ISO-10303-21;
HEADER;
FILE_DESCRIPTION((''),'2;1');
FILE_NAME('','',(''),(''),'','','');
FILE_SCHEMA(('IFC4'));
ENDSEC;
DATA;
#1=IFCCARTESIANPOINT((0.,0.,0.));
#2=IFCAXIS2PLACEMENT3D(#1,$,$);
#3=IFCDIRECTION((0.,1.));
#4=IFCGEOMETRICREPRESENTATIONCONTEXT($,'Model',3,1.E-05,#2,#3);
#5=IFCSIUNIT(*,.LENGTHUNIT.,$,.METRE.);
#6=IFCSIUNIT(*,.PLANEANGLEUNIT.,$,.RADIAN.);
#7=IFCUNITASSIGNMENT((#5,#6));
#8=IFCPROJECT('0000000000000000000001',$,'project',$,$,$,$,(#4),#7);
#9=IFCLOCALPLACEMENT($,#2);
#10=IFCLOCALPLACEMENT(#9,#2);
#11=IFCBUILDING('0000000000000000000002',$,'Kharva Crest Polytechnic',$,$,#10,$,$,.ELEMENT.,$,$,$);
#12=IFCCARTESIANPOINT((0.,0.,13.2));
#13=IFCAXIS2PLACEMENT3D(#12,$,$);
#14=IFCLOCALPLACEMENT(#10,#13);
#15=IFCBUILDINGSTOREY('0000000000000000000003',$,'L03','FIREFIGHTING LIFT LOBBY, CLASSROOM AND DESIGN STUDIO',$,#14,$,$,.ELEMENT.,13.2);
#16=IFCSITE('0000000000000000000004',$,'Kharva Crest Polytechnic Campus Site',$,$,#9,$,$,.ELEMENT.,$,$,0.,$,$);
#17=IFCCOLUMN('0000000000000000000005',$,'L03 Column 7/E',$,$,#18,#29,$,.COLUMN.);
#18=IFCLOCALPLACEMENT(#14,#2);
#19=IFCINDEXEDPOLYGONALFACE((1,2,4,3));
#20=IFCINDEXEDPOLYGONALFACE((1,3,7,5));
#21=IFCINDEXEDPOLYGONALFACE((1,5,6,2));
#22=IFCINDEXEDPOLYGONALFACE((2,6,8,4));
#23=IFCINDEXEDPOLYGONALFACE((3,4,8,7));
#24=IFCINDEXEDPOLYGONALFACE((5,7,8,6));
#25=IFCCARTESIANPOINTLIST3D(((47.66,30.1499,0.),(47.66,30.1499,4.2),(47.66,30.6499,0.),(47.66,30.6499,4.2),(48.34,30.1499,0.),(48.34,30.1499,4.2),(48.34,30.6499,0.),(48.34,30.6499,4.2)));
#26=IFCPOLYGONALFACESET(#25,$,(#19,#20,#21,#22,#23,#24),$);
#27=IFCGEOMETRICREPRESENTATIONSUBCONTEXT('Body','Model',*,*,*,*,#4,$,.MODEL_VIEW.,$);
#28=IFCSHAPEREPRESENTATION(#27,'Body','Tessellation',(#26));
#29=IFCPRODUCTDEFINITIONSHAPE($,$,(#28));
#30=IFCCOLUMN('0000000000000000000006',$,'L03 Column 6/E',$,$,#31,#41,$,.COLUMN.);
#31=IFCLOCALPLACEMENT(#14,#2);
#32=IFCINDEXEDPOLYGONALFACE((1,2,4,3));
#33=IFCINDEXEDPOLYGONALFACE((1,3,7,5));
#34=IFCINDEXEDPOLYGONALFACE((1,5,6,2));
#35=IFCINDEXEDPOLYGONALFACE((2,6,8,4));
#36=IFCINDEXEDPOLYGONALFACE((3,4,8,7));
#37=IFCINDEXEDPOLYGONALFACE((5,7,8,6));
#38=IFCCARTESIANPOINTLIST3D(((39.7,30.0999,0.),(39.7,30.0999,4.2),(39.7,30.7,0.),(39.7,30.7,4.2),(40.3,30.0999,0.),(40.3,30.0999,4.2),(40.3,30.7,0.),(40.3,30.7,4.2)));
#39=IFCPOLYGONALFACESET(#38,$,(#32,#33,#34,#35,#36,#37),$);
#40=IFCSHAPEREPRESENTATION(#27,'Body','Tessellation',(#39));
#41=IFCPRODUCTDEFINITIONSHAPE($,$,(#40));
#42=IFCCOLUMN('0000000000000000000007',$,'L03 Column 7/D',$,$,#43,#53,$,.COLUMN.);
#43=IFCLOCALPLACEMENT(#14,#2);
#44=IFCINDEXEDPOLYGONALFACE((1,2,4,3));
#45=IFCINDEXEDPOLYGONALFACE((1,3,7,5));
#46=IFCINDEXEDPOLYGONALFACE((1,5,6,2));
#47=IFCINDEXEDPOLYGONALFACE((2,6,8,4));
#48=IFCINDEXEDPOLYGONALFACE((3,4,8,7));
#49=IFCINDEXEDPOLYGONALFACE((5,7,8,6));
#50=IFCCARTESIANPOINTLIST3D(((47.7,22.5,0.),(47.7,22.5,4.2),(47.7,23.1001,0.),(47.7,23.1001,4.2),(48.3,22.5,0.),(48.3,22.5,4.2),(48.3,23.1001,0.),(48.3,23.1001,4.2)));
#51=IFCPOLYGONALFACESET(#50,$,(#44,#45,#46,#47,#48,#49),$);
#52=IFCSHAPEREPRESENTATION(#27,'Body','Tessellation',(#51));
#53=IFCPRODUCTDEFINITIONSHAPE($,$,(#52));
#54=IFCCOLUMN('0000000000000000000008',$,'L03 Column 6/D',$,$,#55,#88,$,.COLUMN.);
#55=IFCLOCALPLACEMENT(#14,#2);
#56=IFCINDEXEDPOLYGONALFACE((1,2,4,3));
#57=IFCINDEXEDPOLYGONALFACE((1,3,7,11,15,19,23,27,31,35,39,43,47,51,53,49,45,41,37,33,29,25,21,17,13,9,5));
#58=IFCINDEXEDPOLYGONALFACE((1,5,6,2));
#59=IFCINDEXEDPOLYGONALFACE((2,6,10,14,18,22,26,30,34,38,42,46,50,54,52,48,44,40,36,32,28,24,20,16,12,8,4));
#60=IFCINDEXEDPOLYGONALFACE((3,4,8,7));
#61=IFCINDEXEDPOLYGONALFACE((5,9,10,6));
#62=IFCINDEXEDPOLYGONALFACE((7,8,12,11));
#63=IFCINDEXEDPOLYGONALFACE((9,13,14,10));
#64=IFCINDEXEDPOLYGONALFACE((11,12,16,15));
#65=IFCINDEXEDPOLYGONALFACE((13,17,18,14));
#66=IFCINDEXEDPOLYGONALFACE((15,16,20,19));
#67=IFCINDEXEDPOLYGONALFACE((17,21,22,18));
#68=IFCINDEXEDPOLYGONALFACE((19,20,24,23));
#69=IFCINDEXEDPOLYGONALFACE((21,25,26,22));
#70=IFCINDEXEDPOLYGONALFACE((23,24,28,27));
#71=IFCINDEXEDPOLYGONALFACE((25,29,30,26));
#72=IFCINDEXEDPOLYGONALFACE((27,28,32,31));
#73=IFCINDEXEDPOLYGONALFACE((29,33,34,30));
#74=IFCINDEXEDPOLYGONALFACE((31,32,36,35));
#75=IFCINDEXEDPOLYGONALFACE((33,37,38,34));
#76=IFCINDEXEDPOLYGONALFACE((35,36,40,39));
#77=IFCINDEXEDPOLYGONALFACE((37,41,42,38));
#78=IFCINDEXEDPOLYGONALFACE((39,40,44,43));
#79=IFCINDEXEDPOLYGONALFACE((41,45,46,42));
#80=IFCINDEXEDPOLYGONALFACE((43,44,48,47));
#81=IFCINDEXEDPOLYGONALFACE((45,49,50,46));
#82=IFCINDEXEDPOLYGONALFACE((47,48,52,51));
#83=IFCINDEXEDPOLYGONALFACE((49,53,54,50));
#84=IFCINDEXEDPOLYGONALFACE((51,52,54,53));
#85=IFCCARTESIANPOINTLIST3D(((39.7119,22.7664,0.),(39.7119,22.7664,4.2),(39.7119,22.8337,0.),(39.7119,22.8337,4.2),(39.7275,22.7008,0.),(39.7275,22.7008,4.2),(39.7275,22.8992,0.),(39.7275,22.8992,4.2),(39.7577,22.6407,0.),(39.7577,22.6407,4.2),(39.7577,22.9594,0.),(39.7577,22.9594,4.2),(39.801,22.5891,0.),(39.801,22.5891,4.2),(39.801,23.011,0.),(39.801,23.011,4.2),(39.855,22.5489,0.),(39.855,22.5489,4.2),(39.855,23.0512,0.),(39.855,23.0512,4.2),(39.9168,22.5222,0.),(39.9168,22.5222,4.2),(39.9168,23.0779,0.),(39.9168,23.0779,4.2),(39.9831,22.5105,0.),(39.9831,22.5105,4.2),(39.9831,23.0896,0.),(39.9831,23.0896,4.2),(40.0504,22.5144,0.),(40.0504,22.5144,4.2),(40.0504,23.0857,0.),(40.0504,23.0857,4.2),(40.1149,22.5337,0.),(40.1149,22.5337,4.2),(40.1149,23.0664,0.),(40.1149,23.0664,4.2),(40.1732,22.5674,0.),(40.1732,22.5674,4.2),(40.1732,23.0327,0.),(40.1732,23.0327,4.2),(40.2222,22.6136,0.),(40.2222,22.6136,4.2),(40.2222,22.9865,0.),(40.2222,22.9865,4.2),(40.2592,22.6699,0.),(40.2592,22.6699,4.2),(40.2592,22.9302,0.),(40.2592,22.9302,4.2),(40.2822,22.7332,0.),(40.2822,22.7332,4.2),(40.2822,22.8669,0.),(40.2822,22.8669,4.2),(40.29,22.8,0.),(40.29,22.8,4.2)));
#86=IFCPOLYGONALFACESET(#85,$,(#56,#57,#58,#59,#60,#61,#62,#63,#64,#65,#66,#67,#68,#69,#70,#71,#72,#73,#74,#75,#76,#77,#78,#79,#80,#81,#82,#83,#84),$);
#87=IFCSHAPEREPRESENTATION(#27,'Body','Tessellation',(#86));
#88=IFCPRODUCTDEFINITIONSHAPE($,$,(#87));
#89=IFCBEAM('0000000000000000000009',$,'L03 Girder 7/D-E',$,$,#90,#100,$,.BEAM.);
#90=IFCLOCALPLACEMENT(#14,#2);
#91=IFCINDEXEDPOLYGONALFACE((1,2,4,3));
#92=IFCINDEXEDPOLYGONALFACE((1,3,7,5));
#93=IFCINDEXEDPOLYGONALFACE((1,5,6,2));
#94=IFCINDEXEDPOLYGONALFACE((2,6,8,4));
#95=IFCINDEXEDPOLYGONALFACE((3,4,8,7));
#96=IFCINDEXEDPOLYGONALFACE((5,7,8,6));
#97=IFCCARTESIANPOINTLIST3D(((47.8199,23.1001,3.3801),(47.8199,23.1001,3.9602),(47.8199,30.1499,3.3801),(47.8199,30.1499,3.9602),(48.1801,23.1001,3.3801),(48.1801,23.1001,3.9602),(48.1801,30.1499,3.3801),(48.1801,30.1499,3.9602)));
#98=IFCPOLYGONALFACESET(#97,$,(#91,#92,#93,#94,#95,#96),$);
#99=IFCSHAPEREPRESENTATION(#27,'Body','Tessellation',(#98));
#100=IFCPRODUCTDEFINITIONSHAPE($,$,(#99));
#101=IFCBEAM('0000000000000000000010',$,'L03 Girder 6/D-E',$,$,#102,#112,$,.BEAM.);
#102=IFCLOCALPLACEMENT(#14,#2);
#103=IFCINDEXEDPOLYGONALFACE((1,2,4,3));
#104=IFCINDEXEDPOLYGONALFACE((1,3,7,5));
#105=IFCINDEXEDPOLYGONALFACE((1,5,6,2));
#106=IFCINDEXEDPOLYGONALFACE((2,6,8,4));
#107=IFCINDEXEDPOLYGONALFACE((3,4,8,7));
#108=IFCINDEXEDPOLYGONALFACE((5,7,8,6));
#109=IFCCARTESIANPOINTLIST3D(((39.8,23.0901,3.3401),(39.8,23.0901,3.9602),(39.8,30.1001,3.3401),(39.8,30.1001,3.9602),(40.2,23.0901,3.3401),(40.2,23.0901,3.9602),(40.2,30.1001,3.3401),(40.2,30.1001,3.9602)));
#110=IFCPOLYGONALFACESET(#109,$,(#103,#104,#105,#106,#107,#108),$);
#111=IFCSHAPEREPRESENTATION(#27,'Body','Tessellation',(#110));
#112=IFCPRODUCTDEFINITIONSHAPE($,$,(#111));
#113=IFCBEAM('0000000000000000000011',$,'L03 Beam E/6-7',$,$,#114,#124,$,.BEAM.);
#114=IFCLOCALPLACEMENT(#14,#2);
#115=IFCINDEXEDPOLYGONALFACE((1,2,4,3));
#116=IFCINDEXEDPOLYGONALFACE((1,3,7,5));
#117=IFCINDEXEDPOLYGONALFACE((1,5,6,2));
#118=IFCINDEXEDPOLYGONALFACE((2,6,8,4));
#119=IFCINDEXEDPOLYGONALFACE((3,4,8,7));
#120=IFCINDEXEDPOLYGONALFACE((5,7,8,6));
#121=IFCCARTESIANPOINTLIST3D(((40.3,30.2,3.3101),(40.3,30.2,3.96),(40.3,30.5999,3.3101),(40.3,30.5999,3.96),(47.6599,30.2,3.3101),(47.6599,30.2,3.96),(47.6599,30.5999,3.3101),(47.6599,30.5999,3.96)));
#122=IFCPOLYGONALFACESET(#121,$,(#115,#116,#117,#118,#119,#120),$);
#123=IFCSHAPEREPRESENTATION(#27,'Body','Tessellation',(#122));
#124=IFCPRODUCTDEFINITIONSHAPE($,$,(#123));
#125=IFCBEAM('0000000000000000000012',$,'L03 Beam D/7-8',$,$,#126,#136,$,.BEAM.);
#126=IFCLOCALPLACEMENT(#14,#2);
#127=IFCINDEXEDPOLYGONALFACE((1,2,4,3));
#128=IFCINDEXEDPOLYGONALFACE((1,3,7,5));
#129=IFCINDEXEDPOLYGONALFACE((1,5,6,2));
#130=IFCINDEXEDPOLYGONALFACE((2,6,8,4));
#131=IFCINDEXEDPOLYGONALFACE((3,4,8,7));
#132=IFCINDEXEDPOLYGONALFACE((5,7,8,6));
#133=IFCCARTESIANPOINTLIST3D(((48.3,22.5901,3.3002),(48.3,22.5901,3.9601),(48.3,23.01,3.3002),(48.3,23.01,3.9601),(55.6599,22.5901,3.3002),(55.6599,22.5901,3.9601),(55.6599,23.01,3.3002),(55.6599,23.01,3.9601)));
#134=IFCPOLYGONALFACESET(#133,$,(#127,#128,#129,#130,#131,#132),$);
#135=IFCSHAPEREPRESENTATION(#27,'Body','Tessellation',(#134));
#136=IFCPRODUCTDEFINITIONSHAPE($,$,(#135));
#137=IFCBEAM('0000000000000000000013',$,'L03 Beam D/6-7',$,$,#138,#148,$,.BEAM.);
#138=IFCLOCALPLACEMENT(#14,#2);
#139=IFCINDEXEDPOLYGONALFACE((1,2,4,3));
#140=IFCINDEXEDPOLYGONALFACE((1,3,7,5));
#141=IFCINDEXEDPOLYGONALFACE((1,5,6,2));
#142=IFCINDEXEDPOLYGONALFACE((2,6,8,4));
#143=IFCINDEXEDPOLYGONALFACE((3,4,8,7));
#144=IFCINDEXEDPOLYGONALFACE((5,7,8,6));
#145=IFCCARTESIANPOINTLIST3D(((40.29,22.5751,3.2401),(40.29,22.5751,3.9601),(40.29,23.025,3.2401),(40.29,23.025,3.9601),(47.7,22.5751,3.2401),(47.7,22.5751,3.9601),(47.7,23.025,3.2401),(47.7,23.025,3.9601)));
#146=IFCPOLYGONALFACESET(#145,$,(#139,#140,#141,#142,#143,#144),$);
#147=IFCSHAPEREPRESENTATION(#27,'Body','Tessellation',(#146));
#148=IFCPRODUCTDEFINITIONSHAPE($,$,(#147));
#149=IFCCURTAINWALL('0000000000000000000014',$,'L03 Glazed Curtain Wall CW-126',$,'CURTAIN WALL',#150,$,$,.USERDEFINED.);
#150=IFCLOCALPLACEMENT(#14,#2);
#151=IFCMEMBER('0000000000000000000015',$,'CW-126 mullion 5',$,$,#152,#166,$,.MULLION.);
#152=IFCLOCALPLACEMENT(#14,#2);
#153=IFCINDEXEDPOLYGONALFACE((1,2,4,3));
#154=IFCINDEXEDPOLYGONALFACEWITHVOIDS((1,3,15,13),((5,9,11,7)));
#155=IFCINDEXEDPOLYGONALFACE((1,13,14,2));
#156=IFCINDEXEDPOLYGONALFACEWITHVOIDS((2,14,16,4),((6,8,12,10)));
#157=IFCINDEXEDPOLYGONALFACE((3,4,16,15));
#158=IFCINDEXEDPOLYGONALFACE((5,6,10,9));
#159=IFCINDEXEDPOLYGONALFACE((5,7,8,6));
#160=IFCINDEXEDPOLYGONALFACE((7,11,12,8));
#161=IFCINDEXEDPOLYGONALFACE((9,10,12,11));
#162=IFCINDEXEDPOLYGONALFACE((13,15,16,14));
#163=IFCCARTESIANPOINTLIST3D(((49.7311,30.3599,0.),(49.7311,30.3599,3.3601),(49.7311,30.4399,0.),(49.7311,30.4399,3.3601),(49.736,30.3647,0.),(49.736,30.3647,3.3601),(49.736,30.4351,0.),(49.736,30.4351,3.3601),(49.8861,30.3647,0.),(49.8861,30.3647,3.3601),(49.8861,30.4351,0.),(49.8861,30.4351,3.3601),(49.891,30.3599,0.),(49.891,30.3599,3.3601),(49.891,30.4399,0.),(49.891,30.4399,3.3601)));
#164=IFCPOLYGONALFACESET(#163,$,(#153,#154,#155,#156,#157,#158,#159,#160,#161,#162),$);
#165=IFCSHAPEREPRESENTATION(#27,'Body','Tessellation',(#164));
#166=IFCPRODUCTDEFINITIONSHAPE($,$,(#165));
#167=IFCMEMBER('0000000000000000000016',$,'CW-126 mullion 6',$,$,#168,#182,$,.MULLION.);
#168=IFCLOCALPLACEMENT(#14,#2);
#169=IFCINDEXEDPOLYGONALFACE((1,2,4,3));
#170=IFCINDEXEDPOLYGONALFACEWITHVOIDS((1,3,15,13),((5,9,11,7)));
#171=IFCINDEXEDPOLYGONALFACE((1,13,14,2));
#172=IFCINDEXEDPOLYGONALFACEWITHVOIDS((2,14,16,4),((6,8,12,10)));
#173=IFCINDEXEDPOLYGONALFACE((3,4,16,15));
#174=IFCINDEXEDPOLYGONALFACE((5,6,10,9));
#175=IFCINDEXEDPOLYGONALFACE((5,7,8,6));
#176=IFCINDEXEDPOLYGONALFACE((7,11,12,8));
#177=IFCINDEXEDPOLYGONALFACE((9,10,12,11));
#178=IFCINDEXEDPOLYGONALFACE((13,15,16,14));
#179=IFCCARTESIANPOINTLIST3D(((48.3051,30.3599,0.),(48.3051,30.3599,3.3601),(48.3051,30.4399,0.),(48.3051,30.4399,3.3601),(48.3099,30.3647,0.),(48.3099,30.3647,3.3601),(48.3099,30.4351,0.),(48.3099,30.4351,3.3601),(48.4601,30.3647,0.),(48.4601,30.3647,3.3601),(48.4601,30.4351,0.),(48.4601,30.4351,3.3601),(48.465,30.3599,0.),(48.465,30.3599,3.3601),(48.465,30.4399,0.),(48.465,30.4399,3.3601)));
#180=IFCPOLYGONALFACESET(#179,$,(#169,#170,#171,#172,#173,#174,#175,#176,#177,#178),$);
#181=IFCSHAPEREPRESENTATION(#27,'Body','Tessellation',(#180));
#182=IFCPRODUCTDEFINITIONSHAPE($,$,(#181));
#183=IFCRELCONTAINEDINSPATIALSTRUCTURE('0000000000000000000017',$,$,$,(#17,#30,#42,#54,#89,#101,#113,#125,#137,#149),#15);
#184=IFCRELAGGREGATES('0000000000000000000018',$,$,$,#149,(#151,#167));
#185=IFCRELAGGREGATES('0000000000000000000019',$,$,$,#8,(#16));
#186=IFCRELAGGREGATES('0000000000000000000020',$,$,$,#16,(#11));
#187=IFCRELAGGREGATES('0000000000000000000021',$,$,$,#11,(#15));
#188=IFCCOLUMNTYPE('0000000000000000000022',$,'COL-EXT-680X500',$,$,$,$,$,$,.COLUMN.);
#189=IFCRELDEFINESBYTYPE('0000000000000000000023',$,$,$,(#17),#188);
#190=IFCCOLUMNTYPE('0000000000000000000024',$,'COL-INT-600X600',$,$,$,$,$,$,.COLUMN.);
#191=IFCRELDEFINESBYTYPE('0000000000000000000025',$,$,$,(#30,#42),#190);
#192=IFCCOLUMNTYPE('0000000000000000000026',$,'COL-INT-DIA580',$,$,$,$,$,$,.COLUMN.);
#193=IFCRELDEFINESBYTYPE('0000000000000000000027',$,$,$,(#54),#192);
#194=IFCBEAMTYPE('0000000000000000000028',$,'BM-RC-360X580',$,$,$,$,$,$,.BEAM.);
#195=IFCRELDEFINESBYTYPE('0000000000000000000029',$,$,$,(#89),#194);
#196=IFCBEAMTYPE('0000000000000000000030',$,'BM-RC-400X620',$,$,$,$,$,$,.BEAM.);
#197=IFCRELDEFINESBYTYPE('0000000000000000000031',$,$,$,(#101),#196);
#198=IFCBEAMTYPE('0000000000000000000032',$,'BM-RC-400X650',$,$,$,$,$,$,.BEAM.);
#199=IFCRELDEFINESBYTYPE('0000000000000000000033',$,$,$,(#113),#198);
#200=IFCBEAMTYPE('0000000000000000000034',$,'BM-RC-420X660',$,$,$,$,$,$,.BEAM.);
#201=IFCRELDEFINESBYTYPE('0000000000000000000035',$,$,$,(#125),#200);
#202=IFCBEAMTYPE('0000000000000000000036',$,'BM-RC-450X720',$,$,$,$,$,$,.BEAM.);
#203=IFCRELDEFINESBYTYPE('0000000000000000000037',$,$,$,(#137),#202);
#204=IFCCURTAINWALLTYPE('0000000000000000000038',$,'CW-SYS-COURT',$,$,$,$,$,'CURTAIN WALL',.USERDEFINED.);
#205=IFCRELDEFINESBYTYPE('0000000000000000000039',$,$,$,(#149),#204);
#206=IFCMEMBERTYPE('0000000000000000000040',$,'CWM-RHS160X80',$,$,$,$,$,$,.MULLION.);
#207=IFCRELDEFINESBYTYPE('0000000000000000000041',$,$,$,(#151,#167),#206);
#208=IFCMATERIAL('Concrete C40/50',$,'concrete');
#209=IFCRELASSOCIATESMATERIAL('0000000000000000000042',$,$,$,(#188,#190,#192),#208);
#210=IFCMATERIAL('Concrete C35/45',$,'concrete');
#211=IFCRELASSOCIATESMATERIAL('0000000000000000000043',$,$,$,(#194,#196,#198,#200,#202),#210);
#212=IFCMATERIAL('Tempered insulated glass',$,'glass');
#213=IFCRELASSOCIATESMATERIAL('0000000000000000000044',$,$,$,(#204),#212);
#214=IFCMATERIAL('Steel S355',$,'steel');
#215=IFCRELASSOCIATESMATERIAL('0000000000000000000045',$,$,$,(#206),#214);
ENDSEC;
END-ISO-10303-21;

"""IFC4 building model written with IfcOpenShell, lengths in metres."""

from ifc_helpers import new_model, si_unit, direction, frame, origin, origin_2d, place, context, subcontext, project, spatial, rectangle, hollow_rectangle, circle, extrude, material, material_profile, profile_set, type_object, element, aggregate, save


model = new_model("IFC4")

# Units and contexts
model_context = context("Model", 3, precision=1e-05, world=origin(), true_north=direction((0.0, 1.0)))
body_context = subcontext(model_context, "Body", "Model", "MODEL_VIEW")
ifc_project = project(units=[si_unit("LENGTHUNIT", "METRE"), si_unit("PLANEANGLEUNIT", "RADIAN")], contexts=[model_context])

# Site, building, storey
site_placement = place(None, origin())
site = spatial("IfcSite", under=ifc_project, at=site_placement, Name="Kharva Crest Polytechnic Campus Site", CompositionType="ELEMENT", RefElevation=0.0)
building_placement = place(site_placement, origin())
building = spatial("IfcBuilding", under=site, at=building_placement, Name="Kharva Crest Polytechnic", CompositionType="ELEMENT")
storey_placement = place(building_placement, frame((0.0, 0.0, 13.2)))
storey = spatial("IfcBuildingStorey", under=building, at=storey_placement, Name="L03", Description="FIREFIGHTING LIFT LOBBY, CLASSROOM AND DESIGN STUDIO", CompositionType="ELEMENT", Elevation=13.2)

# Columns
ifc_material_1 = material(Name="Concrete C40/50", Category="concrete")
ifc_material_profile_1 = material_profile(ifc_material_1, rectangle(XDim=0.6799, YDim=0.5, at=origin_2d()), Name="RECT 680 X 500")
ifc_profile_set_1 = profile_set([ifc_material_profile_1], Name="Concrete C40/50")
column_type_1 = type_object("IfcColumnType", Name="COL-EXT-680X500", PredefinedType="COLUMN", material=ifc_profile_set_1)
column_1_placement = place(storey_placement, frame((48.0, 30.3999, 0.0), z_axis=(0.0, 0.0, 1.0), x_axis=(1.0, 0.0, 0.0)))
element("IfcColumn", 1, at=column_1_placement, inside=storey, type_object=column_type_1, Name="L03 Column 7/E", PredefinedType="COLUMN", context=body_context, shape_type="SweptSolid", body=[
    extrude(rectangle(XDim=0.6799, YDim=0.5, at=origin_2d()), origin(), (0.0, 0.0, 1.0), 4.2),
])
ifc_material_profile_2 = material_profile(ifc_material_1, rectangle(XDim=0.6001, YDim=0.6001, at=origin_2d()), Name="RECT 600 X 600")
ifc_profile_set_2 = profile_set([ifc_material_profile_2], Name="Concrete C40/50")
column_type_2 = type_object("IfcColumnType", Name="COL-INT-600X600", PredefinedType="COLUMN", material=ifc_profile_set_2)
for number, where, z_axis, x_axis, name in (
    (2, (40.0, 30.3999, 0.0), (0.0, 0.0, 1.0), (1.0, 0.0, 0.0), "L03 Column 6/E"),
    (3, (48.0, 22.8, 0.0), (0.0, 0.0, 1.0), (1.0, 0.0, 0.0), "L03 Column 7/D"),
):
    element("IfcColumn", number, at=place(storey_placement, frame(where, z_axis=z_axis, x_axis=x_axis)), inside=storey, type_object=column_type_2, Name=name, PredefinedType="COLUMN", context=body_context, shape_type="SweptSolid", body=[
        extrude(rectangle(XDim=0.6001, YDim=0.6001, at=origin_2d()), origin(), (0.0, 0.0, 1.0), 4.2),
    ])
ifc_material_profile_3 = material_profile(ifc_material_1, circle(Radius=0.29, at=origin_2d()), Name="DIA 580")
ifc_profile_set_3 = profile_set([ifc_material_profile_3], Name="Concrete C40/50")
column_type_3 = type_object("IfcColumnType", Name="COL-INT-DIA580", PredefinedType="COLUMN", material=ifc_profile_set_3)
column_2_placement = place(storey_placement, frame((40.0, 22.8, 0.0), z_axis=(0.0, 0.0, 1.0), x_axis=(1.0, 0.0, 0.0)))
element("IfcColumn", 4, at=column_2_placement, inside=storey, type_object=column_type_3, Name="L03 Column 6/D", PredefinedType="COLUMN", context=body_context, shape_type="SweptSolid", body=[
    extrude(circle(Radius=0.29, at=origin_2d()), origin(), (0.0, 0.0, 1.0), 4.2),
])

# Beams
ifc_material_2 = material(Name="Concrete C35/45", Category="concrete")
ifc_material_profile_4 = material_profile(ifc_material_2, rectangle(XDim=0.3601, YDim=0.5801, at=origin_2d()), Name="RECT 360 X 580")
ifc_profile_set_4 = profile_set([ifc_material_profile_4], Name="Concrete C35/45")
beam_type_1 = type_object("IfcBeamType", Name="BM-RC-360X580", PredefinedType="BEAM", material=ifc_profile_set_4)
beam_1_placement = place(storey_placement, frame((48.0, 23.1001, 3.6702), z_axis=(0.0, 1.0, 0.0), x_axis=(-1.0, 0.0, 0.0)))
element("IfcBeam", 5, at=beam_1_placement, inside=storey, type_object=beam_type_1, Name="L03 Girder 7/D-E", PredefinedType="BEAM", context=body_context, shape_type="SweptSolid", body=[
    extrude(rectangle(XDim=0.3601, YDim=0.5801, at=origin_2d()), origin(), (0.0, 0.0, 1.0), 7.0498),
])
ifc_material_profile_5 = material_profile(ifc_material_2, rectangle(XDim=0.3999, YDim=0.6201, at=origin_2d()), Name="RECT 400 X 620")
ifc_profile_set_5 = profile_set([ifc_material_profile_5], Name="Concrete C35/45")
beam_type_2 = type_object("IfcBeamType", Name="BM-RC-400X620", PredefinedType="BEAM", material=ifc_profile_set_5)
beam_2_placement = place(storey_placement, frame((40.0, 23.0901, 3.6501), z_axis=(0.0, 1.0, 0.0), x_axis=(-1.0, 0.0, 0.0)))
element("IfcBeam", 6, at=beam_2_placement, inside=storey, type_object=beam_type_2, Name="L03 Girder 6/D-E", PredefinedType="BEAM", context=body_context, shape_type="SweptSolid", body=[
    extrude(rectangle(XDim=0.3999, YDim=0.6201, at=origin_2d()), origin(), (0.0, 0.0, 1.0), 7.01),
])
ifc_material_profile_6 = material_profile(ifc_material_2, rectangle(XDim=0.3999, YDim=0.6499, at=origin_2d()), Name="RECT 400 X 650")
ifc_profile_set_6 = profile_set([ifc_material_profile_6], Name="Concrete C35/45")
beam_type_3 = type_object("IfcBeamType", Name="BM-RC-400X650", PredefinedType="BEAM", material=ifc_profile_set_6)
beam_3_placement = place(storey_placement, frame((40.3, 30.3999, 3.635), z_axis=(1.0, 0.0, 0.0), x_axis=(0.0, 1.0, 0.0)))
element("IfcBeam", 7, at=beam_3_placement, inside=storey, type_object=beam_type_3, Name="L03 Beam E/6-7", PredefinedType="BEAM", context=body_context, shape_type="SweptSolid", body=[
    extrude(rectangle(XDim=0.3999, YDim=0.6499, at=origin_2d()), origin(), (0.0, 0.0, 1.0), 7.3599),
])
ifc_material_profile_7 = material_profile(ifc_material_2, rectangle(XDim=0.4199, YDim=0.6599, at=origin_2d()), Name="RECT 420 X 660")
ifc_profile_set_7 = profile_set([ifc_material_profile_7], Name="Concrete C35/45")
beam_type_4 = type_object("IfcBeamType", Name="BM-RC-420X660", PredefinedType="BEAM", material=ifc_profile_set_7)
beam_4_placement = place(storey_placement, frame((48.3, 22.8, 3.6301), z_axis=(1.0, 0.0, 0.0), x_axis=(0.0, 1.0, 0.0)))
element("IfcBeam", 8, at=beam_4_placement, inside=storey, type_object=beam_type_4, Name="L03 Beam D/7-8", PredefinedType="BEAM", context=body_context, shape_type="SweptSolid", body=[
    extrude(rectangle(XDim=0.4199, YDim=0.6599, at=origin_2d()), origin(), (0.0, 0.0, 1.0), 7.3599),
])
ifc_material_profile_8 = material_profile(ifc_material_2, rectangle(XDim=0.45, YDim=0.72, at=origin_2d()), Name="RECT 450 X 720")
ifc_profile_set_8 = profile_set([ifc_material_profile_8], Name="Concrete C35/45")
beam_type_5 = type_object("IfcBeamType", Name="BM-RC-450X720", PredefinedType="BEAM", material=ifc_profile_set_8)
beam_5_placement = place(storey_placement, frame((40.29, 22.8, 3.6001), z_axis=(1.0, 0.0, 0.0), x_axis=(0.0, 1.0, 0.0)))
element("IfcBeam", 9, at=beam_5_placement, inside=storey, type_object=beam_type_5, Name="L03 Beam D/6-7", PredefinedType="BEAM", context=body_context, shape_type="SweptSolid", body=[
    extrude(rectangle(XDim=0.45, YDim=0.72, at=origin_2d()), origin(), (0.0, 0.0, 1.0), 7.4099),
])

# Curtain wall, members
ifc_material_3 = material(Name="Tempered insulated glass", Category="glass")
curtain_wall_type = type_object("IfcCurtainWallType", Name="CW-SYS-COURT", ElementType="CURTAIN WALL", PredefinedType="USERDEFINED", material=ifc_material_3)
curtain_wall_placement = place(storey_placement, origin())
curtain_wall = element("IfcCurtainWall", 10, at=curtain_wall_placement, inside=storey, type_object=curtain_wall_type, Name="L03 Glazed Curtain Wall CW-126", ObjectType="CURTAIN WALL", PredefinedType="USERDEFINED")
ifc_material_4 = material(Name="Steel S355", Category="steel")
ifc_material_profile_9 = material_profile(ifc_material_4, hollow_rectangle(XDim=0.0801, YDim=0.1599, WallThickness=0.0049, at=origin_2d()), Name="RHS 160X80X5.0")
ifc_profile_set_9 = profile_set([ifc_material_profile_9], Name="Steel S355")
member_type_1 = type_object("IfcMemberType", Name="CWM-RHS160X80", PredefinedType="MULLION", material=ifc_profile_set_9)
member_1_placement = place(storey_placement, frame((49.811, 30.3999, 0.0), z_axis=(0.0, 0.0, 1.0), x_axis=(0.0, -1.0, 0.0)))
member_1 = element("IfcMember", 11, at=member_1_placement, type_object=member_type_1, Name="CW-126 mullion 5", PredefinedType="MULLION", context=body_context, shape_type="SweptSolid", body=[
    extrude(hollow_rectangle(XDim=0.0801, YDim=0.1599, WallThickness=0.0049, at=origin_2d()), origin(), (0.0, 0.0, 1.0), 3.3601),
])
member_2_placement = place(storey_placement, frame((48.385, 30.3999, 0.0), z_axis=(0.0, 0.0, 1.0), x_axis=(0.0, -1.0, 0.0)))
member_2 = element("IfcMember", 12, at=member_2_placement, type_object=member_type_1, Name="CW-126 mullion 6", PredefinedType="MULLION", context=body_context, shape_type="SweptSolid", body=[
    extrude(hollow_rectangle(XDim=0.0801, YDim=0.1599, WallThickness=0.0049, at=origin_2d()), origin(), (0.0, 0.0, 1.0), 3.3601),
])

aggregate(curtain_wall, [member_1, member_2])

save(model, "model.ifc")
